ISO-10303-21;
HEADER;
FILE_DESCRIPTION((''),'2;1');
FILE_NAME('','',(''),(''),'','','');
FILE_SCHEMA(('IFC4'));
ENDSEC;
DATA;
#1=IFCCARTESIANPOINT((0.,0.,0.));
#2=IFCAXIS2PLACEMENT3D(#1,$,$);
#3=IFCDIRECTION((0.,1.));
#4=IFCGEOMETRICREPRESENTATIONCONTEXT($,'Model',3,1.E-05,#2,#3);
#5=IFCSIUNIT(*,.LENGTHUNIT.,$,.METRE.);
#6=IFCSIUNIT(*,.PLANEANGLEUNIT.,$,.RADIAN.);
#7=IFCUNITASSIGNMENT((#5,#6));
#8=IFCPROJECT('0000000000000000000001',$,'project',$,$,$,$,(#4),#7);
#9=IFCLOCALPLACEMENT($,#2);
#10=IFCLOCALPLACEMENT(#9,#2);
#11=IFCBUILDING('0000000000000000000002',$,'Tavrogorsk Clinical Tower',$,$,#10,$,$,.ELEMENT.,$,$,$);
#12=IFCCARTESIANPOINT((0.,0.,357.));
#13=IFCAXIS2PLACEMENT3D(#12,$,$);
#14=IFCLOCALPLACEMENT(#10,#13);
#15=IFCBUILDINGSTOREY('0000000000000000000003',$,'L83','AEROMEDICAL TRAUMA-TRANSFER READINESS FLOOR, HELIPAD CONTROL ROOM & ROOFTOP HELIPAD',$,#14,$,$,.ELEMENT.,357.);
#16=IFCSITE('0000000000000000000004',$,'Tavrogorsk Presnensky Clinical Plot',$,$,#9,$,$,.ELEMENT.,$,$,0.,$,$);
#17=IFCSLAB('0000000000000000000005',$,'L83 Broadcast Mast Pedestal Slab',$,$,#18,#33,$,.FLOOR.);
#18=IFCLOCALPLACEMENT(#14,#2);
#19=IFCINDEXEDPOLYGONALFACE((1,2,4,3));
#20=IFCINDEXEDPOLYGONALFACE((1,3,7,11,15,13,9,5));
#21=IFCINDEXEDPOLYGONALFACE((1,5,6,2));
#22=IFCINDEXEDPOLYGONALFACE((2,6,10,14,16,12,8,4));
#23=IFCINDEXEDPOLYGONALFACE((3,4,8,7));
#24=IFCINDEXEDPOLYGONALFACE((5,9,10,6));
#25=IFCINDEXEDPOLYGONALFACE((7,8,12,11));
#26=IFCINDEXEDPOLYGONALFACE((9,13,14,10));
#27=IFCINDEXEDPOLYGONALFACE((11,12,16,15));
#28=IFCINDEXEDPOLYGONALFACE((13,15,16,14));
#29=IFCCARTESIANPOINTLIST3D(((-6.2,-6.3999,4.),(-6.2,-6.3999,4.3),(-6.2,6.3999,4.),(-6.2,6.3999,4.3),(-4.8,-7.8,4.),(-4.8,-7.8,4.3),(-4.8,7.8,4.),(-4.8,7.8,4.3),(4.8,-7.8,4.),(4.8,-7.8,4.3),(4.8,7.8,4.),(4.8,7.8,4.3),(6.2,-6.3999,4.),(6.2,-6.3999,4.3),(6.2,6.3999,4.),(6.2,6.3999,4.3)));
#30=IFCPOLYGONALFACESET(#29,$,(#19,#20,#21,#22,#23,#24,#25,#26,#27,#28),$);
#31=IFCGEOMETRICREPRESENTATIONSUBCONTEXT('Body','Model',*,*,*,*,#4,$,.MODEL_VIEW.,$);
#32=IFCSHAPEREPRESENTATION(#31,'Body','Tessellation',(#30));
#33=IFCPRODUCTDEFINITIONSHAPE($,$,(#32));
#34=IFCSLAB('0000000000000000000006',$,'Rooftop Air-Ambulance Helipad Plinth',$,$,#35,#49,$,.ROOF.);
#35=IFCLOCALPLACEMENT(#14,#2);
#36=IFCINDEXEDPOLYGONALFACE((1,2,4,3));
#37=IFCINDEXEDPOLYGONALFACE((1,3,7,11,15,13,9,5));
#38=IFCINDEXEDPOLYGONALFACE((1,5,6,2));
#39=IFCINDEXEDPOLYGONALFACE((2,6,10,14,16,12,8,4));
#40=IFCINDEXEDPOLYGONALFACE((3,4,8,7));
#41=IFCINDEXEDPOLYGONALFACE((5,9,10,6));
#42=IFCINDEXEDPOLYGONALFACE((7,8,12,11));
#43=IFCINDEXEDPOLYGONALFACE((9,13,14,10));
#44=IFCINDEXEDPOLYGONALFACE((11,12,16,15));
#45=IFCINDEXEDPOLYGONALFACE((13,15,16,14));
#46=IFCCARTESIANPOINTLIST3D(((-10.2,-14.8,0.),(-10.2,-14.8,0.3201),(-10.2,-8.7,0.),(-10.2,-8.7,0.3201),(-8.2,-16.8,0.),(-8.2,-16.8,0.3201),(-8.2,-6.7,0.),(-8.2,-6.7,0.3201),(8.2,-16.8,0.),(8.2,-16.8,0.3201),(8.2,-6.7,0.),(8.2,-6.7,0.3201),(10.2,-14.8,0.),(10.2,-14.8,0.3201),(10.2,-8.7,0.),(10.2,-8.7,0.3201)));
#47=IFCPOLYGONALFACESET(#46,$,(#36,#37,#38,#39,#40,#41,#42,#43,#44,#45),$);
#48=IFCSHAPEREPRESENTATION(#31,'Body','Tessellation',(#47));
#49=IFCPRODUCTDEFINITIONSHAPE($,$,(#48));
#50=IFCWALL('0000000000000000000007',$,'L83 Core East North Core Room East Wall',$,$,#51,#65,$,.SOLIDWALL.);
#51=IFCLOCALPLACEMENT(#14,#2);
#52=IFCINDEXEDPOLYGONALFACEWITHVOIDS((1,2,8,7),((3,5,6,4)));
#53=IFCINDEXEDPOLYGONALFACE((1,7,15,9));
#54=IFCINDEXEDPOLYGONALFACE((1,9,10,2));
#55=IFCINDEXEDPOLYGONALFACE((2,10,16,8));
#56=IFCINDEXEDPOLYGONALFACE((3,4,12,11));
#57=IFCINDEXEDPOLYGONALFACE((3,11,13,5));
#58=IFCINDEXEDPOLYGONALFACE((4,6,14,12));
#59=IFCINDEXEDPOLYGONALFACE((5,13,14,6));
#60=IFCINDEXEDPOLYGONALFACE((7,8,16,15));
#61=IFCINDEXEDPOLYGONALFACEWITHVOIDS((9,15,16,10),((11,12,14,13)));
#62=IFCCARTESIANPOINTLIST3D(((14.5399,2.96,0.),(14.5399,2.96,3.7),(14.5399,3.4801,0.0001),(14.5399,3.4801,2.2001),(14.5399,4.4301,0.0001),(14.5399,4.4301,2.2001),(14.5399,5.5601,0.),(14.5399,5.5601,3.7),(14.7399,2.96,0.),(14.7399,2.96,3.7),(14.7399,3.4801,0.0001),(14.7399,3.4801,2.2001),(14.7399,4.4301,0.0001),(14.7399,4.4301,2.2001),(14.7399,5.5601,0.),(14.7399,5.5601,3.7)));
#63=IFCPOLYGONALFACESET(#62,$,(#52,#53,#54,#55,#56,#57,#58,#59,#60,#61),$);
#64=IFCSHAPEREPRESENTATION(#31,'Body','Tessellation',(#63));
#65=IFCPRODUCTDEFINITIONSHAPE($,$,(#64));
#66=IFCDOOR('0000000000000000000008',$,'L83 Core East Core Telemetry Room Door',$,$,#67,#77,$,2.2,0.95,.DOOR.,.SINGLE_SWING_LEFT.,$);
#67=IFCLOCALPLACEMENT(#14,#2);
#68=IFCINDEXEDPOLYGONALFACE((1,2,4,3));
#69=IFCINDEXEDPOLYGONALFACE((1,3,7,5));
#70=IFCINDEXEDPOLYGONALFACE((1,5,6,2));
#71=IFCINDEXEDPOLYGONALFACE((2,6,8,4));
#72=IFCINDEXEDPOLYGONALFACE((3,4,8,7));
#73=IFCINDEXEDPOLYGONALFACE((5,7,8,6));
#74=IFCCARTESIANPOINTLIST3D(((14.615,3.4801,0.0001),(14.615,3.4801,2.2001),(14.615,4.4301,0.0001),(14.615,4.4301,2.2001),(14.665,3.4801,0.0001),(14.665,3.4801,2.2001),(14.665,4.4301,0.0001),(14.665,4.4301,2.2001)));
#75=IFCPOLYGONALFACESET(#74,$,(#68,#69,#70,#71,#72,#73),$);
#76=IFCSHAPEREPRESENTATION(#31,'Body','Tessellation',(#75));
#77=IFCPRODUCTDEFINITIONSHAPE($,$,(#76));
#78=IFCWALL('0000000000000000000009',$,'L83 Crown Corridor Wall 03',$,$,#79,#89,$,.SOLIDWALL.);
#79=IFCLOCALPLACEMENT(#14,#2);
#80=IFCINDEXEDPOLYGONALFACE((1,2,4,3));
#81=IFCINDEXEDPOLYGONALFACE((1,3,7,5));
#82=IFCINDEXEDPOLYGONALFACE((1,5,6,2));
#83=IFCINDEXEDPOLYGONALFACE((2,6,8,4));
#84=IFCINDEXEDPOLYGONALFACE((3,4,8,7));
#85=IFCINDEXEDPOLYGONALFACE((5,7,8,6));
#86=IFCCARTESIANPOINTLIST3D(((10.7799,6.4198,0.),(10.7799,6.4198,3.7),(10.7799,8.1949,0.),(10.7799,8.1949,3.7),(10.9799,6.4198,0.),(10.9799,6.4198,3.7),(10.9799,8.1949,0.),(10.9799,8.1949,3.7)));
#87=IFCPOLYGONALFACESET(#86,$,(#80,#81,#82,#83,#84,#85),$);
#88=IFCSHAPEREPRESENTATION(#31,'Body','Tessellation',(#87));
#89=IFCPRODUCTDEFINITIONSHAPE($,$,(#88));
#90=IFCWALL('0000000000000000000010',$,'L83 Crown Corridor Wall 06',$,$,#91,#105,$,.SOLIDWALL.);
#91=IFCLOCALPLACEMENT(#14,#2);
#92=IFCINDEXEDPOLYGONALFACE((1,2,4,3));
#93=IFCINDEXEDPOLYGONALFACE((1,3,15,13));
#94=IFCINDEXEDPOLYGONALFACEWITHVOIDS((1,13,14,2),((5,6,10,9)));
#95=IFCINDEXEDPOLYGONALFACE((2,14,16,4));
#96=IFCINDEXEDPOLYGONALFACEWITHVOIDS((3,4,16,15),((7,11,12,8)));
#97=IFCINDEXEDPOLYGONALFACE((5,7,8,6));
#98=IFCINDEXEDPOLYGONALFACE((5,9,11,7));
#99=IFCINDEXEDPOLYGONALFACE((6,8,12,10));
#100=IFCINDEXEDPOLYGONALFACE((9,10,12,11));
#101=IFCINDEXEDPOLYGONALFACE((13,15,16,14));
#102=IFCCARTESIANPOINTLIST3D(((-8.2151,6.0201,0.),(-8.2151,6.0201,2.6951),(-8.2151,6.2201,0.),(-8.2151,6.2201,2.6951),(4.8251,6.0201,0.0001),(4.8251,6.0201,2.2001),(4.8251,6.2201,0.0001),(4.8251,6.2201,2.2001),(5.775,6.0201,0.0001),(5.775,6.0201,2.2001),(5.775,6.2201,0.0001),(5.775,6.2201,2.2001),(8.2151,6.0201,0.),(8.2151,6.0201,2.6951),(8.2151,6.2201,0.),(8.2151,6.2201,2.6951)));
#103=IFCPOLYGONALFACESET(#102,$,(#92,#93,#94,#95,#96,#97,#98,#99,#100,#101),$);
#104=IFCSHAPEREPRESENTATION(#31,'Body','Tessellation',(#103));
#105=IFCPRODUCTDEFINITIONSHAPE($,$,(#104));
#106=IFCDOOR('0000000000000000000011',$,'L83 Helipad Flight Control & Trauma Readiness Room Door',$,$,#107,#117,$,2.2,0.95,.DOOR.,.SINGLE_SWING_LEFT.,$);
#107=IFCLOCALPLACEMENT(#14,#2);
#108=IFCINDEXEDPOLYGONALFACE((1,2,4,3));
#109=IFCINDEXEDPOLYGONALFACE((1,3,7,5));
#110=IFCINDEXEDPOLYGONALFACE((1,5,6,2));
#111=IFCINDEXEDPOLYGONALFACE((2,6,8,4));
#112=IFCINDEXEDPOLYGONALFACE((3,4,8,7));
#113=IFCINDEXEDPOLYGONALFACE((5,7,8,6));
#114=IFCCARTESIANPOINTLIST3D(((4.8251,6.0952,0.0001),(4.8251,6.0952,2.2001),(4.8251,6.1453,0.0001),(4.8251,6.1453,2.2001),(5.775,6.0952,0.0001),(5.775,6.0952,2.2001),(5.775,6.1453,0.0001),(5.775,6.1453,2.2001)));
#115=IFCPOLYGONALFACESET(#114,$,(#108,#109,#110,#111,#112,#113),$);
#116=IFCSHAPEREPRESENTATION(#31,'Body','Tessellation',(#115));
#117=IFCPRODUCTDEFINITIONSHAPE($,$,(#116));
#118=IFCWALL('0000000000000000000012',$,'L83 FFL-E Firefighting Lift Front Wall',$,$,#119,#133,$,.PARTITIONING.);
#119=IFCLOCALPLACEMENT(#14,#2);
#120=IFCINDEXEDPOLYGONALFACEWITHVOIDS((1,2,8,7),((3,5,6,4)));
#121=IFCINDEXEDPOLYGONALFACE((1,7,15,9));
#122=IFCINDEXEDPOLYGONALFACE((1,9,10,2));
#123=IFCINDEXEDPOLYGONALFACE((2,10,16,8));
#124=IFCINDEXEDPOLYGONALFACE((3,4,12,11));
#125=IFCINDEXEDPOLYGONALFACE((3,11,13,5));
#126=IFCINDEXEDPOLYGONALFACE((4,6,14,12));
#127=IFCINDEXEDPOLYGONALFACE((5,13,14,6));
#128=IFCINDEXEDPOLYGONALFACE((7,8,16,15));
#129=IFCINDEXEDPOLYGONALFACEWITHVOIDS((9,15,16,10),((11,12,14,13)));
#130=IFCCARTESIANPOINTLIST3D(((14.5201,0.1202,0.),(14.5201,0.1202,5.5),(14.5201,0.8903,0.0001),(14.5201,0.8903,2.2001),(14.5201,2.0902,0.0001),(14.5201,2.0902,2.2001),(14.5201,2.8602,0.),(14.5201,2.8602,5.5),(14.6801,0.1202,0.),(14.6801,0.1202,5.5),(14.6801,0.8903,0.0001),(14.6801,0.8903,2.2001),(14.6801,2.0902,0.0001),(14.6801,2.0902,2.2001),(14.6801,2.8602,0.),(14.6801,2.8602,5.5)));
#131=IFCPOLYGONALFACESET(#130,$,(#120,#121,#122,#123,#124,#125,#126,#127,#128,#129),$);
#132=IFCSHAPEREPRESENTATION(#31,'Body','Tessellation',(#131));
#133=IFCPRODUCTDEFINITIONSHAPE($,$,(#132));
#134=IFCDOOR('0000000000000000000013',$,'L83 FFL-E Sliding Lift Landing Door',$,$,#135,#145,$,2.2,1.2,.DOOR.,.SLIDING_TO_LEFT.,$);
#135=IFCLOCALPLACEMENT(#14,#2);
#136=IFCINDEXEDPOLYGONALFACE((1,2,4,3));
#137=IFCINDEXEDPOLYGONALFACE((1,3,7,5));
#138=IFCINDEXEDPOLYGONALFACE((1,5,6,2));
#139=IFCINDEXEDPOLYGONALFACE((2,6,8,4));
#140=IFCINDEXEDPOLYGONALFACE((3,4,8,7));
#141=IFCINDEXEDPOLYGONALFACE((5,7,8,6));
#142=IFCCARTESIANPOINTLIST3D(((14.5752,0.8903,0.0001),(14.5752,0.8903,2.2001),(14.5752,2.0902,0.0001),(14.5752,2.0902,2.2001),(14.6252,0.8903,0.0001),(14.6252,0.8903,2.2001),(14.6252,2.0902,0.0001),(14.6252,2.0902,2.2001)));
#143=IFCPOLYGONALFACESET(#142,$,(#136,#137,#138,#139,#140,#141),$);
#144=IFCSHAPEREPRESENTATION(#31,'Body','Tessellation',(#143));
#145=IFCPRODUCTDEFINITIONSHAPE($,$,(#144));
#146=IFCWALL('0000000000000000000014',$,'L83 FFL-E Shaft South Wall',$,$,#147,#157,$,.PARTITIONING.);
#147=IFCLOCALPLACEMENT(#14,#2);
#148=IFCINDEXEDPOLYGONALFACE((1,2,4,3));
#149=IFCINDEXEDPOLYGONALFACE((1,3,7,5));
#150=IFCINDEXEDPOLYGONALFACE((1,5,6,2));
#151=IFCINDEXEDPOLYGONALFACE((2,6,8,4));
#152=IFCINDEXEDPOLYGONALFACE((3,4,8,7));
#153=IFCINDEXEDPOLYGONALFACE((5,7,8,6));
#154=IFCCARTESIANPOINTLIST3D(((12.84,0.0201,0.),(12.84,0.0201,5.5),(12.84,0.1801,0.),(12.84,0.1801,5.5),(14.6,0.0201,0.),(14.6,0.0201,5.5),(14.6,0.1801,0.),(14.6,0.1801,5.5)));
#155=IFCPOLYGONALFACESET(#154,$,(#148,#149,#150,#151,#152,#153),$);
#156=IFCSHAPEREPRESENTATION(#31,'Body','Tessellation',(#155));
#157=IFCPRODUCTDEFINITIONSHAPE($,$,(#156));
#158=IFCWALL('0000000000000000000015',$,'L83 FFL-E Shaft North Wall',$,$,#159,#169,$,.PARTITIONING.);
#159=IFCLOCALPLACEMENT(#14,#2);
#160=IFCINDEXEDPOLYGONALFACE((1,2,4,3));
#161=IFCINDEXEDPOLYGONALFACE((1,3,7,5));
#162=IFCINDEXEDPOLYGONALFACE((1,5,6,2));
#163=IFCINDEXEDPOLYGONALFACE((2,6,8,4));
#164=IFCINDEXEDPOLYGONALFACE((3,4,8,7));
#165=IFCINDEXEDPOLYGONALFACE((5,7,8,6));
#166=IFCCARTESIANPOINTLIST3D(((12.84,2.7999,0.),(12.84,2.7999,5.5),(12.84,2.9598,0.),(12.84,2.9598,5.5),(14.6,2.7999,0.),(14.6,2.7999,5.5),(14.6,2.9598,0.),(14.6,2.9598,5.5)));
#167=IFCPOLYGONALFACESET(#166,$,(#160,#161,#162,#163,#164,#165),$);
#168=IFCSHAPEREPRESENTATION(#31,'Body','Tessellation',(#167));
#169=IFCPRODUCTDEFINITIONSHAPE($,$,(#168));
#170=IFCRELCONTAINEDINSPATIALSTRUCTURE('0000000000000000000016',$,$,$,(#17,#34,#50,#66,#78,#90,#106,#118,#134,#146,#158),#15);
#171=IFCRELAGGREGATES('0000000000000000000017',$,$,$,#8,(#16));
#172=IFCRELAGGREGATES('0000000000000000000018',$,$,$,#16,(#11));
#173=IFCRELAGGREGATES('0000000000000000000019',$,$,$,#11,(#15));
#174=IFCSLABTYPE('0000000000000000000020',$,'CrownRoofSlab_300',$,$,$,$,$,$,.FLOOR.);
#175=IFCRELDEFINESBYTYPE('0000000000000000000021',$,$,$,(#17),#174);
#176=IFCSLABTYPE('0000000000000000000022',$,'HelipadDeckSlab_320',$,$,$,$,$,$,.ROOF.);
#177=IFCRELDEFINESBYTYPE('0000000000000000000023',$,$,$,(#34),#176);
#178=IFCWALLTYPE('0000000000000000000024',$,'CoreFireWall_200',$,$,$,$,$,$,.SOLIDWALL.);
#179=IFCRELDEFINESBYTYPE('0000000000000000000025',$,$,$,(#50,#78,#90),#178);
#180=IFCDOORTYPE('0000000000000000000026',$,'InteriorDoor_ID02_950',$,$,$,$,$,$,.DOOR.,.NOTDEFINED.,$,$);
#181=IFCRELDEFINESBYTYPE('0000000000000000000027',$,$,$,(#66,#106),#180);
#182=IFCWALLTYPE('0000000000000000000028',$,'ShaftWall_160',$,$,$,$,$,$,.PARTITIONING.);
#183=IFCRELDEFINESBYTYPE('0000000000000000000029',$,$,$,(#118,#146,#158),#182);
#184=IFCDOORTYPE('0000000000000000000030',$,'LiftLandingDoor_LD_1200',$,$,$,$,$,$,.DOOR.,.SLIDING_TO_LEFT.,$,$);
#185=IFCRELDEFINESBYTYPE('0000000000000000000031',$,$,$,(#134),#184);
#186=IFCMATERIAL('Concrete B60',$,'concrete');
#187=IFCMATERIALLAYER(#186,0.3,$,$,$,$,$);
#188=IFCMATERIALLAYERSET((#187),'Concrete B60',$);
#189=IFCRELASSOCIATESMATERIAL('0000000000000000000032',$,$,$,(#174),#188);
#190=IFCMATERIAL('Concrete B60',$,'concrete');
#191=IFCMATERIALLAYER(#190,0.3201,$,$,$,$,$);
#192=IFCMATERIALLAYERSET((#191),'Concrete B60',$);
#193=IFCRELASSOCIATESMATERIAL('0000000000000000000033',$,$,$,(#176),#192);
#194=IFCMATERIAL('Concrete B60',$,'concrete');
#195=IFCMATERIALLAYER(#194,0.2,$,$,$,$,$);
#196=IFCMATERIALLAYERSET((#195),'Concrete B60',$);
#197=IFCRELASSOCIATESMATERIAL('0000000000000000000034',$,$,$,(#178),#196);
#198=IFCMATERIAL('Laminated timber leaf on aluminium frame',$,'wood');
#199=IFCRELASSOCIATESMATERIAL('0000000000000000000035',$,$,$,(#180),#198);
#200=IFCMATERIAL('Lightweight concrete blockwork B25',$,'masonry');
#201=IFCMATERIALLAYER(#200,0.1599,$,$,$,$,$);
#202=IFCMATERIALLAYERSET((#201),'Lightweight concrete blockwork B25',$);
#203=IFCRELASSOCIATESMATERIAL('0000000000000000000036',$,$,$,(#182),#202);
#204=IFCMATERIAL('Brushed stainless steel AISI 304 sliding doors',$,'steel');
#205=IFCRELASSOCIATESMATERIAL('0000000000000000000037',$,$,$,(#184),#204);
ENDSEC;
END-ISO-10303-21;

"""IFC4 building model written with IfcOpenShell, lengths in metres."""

from ifc_helpers import new_model, si_unit, direction, frame, frame_2d, origin, place, context, subcontext, project, spatial, polyline, rectangle, outline, extrude, material, layer, layer_set, type_object, element, fill, save


model = new_model("IFC4")

# Units and contexts
model_context = context("Model", 3, precision=1e-05, world=origin(), true_north=direction((0.0, 1.0)))
body_context = subcontext(model_context, "Body", "Model", "MODEL_VIEW")
ifc_project = project(units=[si_unit("LENGTHUNIT", "METRE"), si_unit("PLANEANGLEUNIT", "RADIAN")], contexts=[model_context])

# Site, building, storey
site_placement = place(None, origin())
site = spatial("IfcSite", under=ifc_project, at=site_placement, Name="Tavrogorsk Presnensky Clinical Plot", CompositionType="ELEMENT", RefElevation=0.0)
building_placement = place(site_placement, origin())
building = spatial("IfcBuilding", under=site, at=building_placement, Name="Tavrogorsk Clinical Tower", CompositionType="ELEMENT")
storey_placement = place(building_placement, frame((0.0, 0.0, 357.0)))
storey = spatial("IfcBuildingStorey", under=building, at=storey_placement, Name="L83", Description="AEROMEDICAL TRAUMA-TRANSFER READINESS FLOOR, HELIPAD CONTROL ROOM & ROOFTOP HELIPAD", CompositionType="ELEMENT", Elevation=357.0)

# Slabs
ifc_material_1 = material(Name="Concrete B60", Category="concrete")
ifc_layer_1 = layer(ifc_material_1, 0.3)
ifc_layer_set_1 = layer_set([ifc_layer_1], Name="Concrete B60")
slab_type_1 = type_object("IfcSlabType", Name="CrownRoofSlab_300", PredefinedType="FLOOR", material=ifc_layer_set_1)
slab_1_placement = place(storey_placement, frame((0.0, 0.0, 4.0)))
element("IfcSlab", 1, at=slab_1_placement, inside=storey, type_object=slab_type_1, Name="L83 Broadcast Mast Pedestal Slab", PredefinedType="FLOOR", context=body_context, shape_type="SweptSolid", body=[
    extrude(outline(polyline([(-4.8, -7.8), (4.8, -7.8), (6.2, -6.3999), (6.2, 6.3999), (4.8, 7.8), (-4.8, 7.8), (-6.2, 6.3999), (-6.2, -6.3999), (-4.8, -7.8)])), origin(), (0.0, 0.0, 1.0), 0.3),
])
ifc_material_2 = material(Name="Concrete B60", Category="concrete")
ifc_layer_2 = layer(ifc_material_2, 0.3201)
ifc_layer_set_2 = layer_set([ifc_layer_2], Name="Concrete B60")
slab_type_2 = type_object("IfcSlabType", Name="HelipadDeckSlab_320", PredefinedType="ROOF", material=ifc_layer_set_2)
slab_2_placement = place(storey_placement, origin())
element("IfcSlab", 2, at=slab_2_placement, inside=storey, type_object=slab_type_2, Name="Rooftop Air-Ambulance Helipad Plinth", PredefinedType="ROOF", context=body_context, shape_type="SweptSolid", body=[
    extrude(outline(polyline([(-8.2, -16.8), (8.2, -16.8), (10.2, -14.8), (10.2, -8.7), (8.2, -6.7), (-8.2, -6.7), (-10.2, -8.7), (-10.2, -14.8), (-8.2, -16.8)])), origin(), (0.0, 0.0, 1.0), 0.3201),
])

# Wall, opening, door
ifc_material_3 = material(Name="Concrete B60", Category="concrete")
ifc_layer_3 = layer(ifc_material_3, 0.2)
ifc_layer_set_3 = layer_set([ifc_layer_3], Name="Concrete B60")
wall_type_1 = type_object("IfcWallType", Name="CoreFireWall_200", PredefinedType="SOLIDWALL", material=ifc_layer_set_3)
wall_1_placement = place(storey_placement, frame((14.6399, 2.96, 0.0), z_axis=(0.0, 0.0, 1.0), x_axis=(0.0, 1.0, 0.0)))
wall_1 = element("IfcWall", 3, at=wall_1_placement, inside=storey, type_object=wall_type_1, Name="L83 Core East North Core Room East Wall", PredefinedType="SOLIDWALL", context=body_context, shape_type="SweptSolid", body=[
    extrude(rectangle(XDim=2.6001, YDim=0.2, at=frame_2d((1.3, 0.0))), origin(), (0.0, 0.0, 1.0), 3.7),
])
opening_1_placement = place(wall_1_placement, frame((0.52, 0.0, 0.0)))
opening_1 = element("IfcOpeningElement", 4, at=opening_1_placement, cuts=wall_1, PredefinedType="OPENING", context=body_context, shape_type="SweptSolid", body=[
    extrude(rectangle(XDim=0.95, YDim=2.2, at=frame_2d((0.4751, 1.1001))), frame((0.0, 0.1099, 0.0), z_axis=(0.0, -1.0, 0.0), x_axis=(1.0, 0.0, 0.0)), (0.0, 0.0, 1.0), 0.22),
])
ifc_material_4 = material(Name="Laminated timber leaf on aluminium frame", Category="wood")
door_type_1 = type_object("IfcDoorType", Name="InteriorDoor_ID02_950", OperationType="NOTDEFINED", PredefinedType="DOOR", material=ifc_material_4)
door_1_placement = place(opening_1_placement, origin())
door_1 = element("IfcDoor", 5, at=door_1_placement, inside=storey, type_object=door_type_1, Name="L83 Core East Core Telemetry Room Door", OperationType="SINGLE_SWING_LEFT", OverallHeight=2.2, OverallWidth=0.95, PredefinedType="DOOR", context=body_context, shape_type="SweptSolid", body=[
    extrude(rectangle(XDim=0.95, YDim=2.2, at=frame_2d((0.4751, 1.1001))), frame((0.0, 0.0249, 0.0), z_axis=(0.0, -1.0, 0.0), x_axis=(1.0, 0.0, 0.0)), (0.0, 0.0, 1.0), 0.05),
])
fill(opening_1, door_1)

# Wall
wall_2_placement = place(storey_placement, frame((10.8799, 8.1951, 0.0), z_axis=(0.0, 0.0, 1.0), x_axis=(0.0, -1.0, 0.0)))
element("IfcWall", 6, at=wall_2_placement, inside=storey, type_object=wall_type_1, Name="L83 Crown Corridor Wall 03", PredefinedType="SOLIDWALL", context=body_context, shape_type="SweptSolid", body=[
    extrude(rectangle(XDim=1.7751, YDim=0.2, at=frame_2d((0.8877, 0.0))), origin(), (0.0, 0.0, 1.0), 3.7),
])

# Wall, opening, door
wall_3_placement = place(storey_placement, frame((8.2151, 6.1201, 0.0), z_axis=(0.0, 0.0, 1.0), x_axis=(-1.0, 0.0, 0.0)))
wall_3 = element("IfcWall", 7, at=wall_3_placement, inside=storey, type_object=wall_type_1, Name="L83 Crown Corridor Wall 06", PredefinedType="SOLIDWALL", context=body_context, shape_type="SweptSolid", body=[
    extrude(rectangle(XDim=16.4302, YDim=0.2, at=frame_2d((8.2151, 0.0))), origin(), (0.0, 0.0, 1.0), 2.6951),
])
opening_2_placement = place(wall_3_placement, frame((2.4399, 0.0, 0.0)))
opening_2 = element("IfcOpeningElement", 8, at=opening_2_placement, cuts=wall_3, PredefinedType="OPENING", context=body_context, shape_type="SweptSolid", body=[
    extrude(rectangle(XDim=0.95, YDim=2.2, at=frame_2d((0.4751, 1.1001))), frame((0.0, 0.1099, 0.0), z_axis=(0.0, -1.0, 0.0), x_axis=(1.0, 0.0, 0.0)), (0.0, 0.0, 1.0), 0.22),
])
door_2_placement = place(opening_2_placement, origin())
door_2 = element("IfcDoor", 9, at=door_2_placement, inside=storey, type_object=door_type_1, Name="L83 Helipad Flight Control & Trauma Readiness Room Door", OperationType="SINGLE_SWING_LEFT", OverallHeight=2.2, OverallWidth=0.95, PredefinedType="DOOR", context=body_context, shape_type="SweptSolid", body=[
    extrude(rectangle(XDim=0.95, YDim=2.2, at=frame_2d((0.4751, 1.1001))), frame((0.0, 0.0249, 0.0), z_axis=(0.0, -1.0, 0.0), x_axis=(1.0, 0.0, 0.0)), (0.0, 0.0, 1.0), 0.05),
])
fill(opening_2, door_2)

# Wall, opening, door
ifc_material_5 = material(Name="Lightweight concrete blockwork B25", Category="masonry")
ifc_layer_4 = layer(ifc_material_5, 0.1599)
ifc_layer_set_4 = layer_set([ifc_layer_4], Name="Lightweight concrete blockwork B25")
wall_type_2 = type_object("IfcWallType", Name="ShaftWall_160", PredefinedType="PARTITIONING", material=ifc_layer_set_4)
wall_4_placement = place(storey_placement, frame((14.6001, 0.1201, 0.0), z_axis=(0.0, 0.0, 1.0), x_axis=(0.0, 1.0, 0.0)))
wall_4 = element("IfcWall", 10, at=wall_4_placement, inside=storey, type_object=wall_type_2, Name="L83 FFL-E Firefighting Lift Front Wall", PredefinedType="PARTITIONING", context=body_context, shape_type="SweptSolid", body=[
    extrude(rectangle(XDim=2.74, YDim=0.1599, at=frame_2d((1.3701, 0.0))), origin(), (0.0, 0.0, 1.0), 5.5),
])
opening_3_placement = place(wall_4_placement, frame((0.77, 0.0, 0.0)))
opening_3 = element("IfcOpeningElement", 11, at=opening_3_placement, cuts=wall_4, PredefinedType="OPENING", context=body_context, shape_type="SweptSolid", body=[
    extrude(rectangle(XDim=1.2, YDim=2.2, at=frame_2d((0.6001, 1.1001))), frame((0.0, 0.0898, 0.0), z_axis=(0.0, -1.0, 0.0), x_axis=(1.0, 0.0, 0.0)), (0.0, 0.0, 1.0), 0.1799),
])
ifc_material_6 = material(Name="Brushed stainless steel AISI 304 sliding doors", Category="steel")
door_type_2 = type_object("IfcDoorType", Name="LiftLandingDoor_LD_1200", OperationType="SLIDING_TO_LEFT", PredefinedType="DOOR", material=ifc_material_6)
door_3_placement = place(opening_3_placement, origin())
door_3 = element("IfcDoor", 12, at=door_3_placement, inside=storey, type_object=door_type_2, Name="L83 FFL-E Sliding Lift Landing Door", OperationType="SLIDING_TO_LEFT", OverallHeight=2.2, OverallWidth=1.2, PredefinedType="DOOR", context=body_context, shape_type="SweptSolid", body=[
    extrude(rectangle(XDim=1.2, YDim=2.2, at=frame_2d((0.6001, 1.1001))), frame((0.0, 0.0249, 0.0), z_axis=(0.0, -1.0, 0.0), x_axis=(1.0, 0.0, 0.0)), (0.0, 0.0, 1.0), 0.05),
])
fill(opening_3, door_3)

# Walls
for number, where, z_axis, x_axis, name in (
    (13, (12.8401, 0.1001, 0.0), (0.0, 0.0, 1.0), (1.0, 0.0, 0.0), "L83 FFL-E Shaft South Wall"),
    (14, (12.8401, 2.8799, 0.0), (0.0, 0.0, 1.0), (1.0, 0.0, 0.0), "L83 FFL-E Shaft North Wall"),
):
    element("IfcWall", number, at=place(storey_placement, frame(where, z_axis=z_axis, x_axis=x_axis)), inside=storey, type_object=wall_type_2, Name=name, PredefinedType="PARTITIONING", context=body_context, shape_type="SweptSolid", body=[
        extrude(rectangle(XDim=1.76, YDim=0.1599, at=frame_2d((0.8799, 0.0))), origin(), (0.0, 0.0, 1.0), 5.5),
    ])

save(model, "model.ifc")
